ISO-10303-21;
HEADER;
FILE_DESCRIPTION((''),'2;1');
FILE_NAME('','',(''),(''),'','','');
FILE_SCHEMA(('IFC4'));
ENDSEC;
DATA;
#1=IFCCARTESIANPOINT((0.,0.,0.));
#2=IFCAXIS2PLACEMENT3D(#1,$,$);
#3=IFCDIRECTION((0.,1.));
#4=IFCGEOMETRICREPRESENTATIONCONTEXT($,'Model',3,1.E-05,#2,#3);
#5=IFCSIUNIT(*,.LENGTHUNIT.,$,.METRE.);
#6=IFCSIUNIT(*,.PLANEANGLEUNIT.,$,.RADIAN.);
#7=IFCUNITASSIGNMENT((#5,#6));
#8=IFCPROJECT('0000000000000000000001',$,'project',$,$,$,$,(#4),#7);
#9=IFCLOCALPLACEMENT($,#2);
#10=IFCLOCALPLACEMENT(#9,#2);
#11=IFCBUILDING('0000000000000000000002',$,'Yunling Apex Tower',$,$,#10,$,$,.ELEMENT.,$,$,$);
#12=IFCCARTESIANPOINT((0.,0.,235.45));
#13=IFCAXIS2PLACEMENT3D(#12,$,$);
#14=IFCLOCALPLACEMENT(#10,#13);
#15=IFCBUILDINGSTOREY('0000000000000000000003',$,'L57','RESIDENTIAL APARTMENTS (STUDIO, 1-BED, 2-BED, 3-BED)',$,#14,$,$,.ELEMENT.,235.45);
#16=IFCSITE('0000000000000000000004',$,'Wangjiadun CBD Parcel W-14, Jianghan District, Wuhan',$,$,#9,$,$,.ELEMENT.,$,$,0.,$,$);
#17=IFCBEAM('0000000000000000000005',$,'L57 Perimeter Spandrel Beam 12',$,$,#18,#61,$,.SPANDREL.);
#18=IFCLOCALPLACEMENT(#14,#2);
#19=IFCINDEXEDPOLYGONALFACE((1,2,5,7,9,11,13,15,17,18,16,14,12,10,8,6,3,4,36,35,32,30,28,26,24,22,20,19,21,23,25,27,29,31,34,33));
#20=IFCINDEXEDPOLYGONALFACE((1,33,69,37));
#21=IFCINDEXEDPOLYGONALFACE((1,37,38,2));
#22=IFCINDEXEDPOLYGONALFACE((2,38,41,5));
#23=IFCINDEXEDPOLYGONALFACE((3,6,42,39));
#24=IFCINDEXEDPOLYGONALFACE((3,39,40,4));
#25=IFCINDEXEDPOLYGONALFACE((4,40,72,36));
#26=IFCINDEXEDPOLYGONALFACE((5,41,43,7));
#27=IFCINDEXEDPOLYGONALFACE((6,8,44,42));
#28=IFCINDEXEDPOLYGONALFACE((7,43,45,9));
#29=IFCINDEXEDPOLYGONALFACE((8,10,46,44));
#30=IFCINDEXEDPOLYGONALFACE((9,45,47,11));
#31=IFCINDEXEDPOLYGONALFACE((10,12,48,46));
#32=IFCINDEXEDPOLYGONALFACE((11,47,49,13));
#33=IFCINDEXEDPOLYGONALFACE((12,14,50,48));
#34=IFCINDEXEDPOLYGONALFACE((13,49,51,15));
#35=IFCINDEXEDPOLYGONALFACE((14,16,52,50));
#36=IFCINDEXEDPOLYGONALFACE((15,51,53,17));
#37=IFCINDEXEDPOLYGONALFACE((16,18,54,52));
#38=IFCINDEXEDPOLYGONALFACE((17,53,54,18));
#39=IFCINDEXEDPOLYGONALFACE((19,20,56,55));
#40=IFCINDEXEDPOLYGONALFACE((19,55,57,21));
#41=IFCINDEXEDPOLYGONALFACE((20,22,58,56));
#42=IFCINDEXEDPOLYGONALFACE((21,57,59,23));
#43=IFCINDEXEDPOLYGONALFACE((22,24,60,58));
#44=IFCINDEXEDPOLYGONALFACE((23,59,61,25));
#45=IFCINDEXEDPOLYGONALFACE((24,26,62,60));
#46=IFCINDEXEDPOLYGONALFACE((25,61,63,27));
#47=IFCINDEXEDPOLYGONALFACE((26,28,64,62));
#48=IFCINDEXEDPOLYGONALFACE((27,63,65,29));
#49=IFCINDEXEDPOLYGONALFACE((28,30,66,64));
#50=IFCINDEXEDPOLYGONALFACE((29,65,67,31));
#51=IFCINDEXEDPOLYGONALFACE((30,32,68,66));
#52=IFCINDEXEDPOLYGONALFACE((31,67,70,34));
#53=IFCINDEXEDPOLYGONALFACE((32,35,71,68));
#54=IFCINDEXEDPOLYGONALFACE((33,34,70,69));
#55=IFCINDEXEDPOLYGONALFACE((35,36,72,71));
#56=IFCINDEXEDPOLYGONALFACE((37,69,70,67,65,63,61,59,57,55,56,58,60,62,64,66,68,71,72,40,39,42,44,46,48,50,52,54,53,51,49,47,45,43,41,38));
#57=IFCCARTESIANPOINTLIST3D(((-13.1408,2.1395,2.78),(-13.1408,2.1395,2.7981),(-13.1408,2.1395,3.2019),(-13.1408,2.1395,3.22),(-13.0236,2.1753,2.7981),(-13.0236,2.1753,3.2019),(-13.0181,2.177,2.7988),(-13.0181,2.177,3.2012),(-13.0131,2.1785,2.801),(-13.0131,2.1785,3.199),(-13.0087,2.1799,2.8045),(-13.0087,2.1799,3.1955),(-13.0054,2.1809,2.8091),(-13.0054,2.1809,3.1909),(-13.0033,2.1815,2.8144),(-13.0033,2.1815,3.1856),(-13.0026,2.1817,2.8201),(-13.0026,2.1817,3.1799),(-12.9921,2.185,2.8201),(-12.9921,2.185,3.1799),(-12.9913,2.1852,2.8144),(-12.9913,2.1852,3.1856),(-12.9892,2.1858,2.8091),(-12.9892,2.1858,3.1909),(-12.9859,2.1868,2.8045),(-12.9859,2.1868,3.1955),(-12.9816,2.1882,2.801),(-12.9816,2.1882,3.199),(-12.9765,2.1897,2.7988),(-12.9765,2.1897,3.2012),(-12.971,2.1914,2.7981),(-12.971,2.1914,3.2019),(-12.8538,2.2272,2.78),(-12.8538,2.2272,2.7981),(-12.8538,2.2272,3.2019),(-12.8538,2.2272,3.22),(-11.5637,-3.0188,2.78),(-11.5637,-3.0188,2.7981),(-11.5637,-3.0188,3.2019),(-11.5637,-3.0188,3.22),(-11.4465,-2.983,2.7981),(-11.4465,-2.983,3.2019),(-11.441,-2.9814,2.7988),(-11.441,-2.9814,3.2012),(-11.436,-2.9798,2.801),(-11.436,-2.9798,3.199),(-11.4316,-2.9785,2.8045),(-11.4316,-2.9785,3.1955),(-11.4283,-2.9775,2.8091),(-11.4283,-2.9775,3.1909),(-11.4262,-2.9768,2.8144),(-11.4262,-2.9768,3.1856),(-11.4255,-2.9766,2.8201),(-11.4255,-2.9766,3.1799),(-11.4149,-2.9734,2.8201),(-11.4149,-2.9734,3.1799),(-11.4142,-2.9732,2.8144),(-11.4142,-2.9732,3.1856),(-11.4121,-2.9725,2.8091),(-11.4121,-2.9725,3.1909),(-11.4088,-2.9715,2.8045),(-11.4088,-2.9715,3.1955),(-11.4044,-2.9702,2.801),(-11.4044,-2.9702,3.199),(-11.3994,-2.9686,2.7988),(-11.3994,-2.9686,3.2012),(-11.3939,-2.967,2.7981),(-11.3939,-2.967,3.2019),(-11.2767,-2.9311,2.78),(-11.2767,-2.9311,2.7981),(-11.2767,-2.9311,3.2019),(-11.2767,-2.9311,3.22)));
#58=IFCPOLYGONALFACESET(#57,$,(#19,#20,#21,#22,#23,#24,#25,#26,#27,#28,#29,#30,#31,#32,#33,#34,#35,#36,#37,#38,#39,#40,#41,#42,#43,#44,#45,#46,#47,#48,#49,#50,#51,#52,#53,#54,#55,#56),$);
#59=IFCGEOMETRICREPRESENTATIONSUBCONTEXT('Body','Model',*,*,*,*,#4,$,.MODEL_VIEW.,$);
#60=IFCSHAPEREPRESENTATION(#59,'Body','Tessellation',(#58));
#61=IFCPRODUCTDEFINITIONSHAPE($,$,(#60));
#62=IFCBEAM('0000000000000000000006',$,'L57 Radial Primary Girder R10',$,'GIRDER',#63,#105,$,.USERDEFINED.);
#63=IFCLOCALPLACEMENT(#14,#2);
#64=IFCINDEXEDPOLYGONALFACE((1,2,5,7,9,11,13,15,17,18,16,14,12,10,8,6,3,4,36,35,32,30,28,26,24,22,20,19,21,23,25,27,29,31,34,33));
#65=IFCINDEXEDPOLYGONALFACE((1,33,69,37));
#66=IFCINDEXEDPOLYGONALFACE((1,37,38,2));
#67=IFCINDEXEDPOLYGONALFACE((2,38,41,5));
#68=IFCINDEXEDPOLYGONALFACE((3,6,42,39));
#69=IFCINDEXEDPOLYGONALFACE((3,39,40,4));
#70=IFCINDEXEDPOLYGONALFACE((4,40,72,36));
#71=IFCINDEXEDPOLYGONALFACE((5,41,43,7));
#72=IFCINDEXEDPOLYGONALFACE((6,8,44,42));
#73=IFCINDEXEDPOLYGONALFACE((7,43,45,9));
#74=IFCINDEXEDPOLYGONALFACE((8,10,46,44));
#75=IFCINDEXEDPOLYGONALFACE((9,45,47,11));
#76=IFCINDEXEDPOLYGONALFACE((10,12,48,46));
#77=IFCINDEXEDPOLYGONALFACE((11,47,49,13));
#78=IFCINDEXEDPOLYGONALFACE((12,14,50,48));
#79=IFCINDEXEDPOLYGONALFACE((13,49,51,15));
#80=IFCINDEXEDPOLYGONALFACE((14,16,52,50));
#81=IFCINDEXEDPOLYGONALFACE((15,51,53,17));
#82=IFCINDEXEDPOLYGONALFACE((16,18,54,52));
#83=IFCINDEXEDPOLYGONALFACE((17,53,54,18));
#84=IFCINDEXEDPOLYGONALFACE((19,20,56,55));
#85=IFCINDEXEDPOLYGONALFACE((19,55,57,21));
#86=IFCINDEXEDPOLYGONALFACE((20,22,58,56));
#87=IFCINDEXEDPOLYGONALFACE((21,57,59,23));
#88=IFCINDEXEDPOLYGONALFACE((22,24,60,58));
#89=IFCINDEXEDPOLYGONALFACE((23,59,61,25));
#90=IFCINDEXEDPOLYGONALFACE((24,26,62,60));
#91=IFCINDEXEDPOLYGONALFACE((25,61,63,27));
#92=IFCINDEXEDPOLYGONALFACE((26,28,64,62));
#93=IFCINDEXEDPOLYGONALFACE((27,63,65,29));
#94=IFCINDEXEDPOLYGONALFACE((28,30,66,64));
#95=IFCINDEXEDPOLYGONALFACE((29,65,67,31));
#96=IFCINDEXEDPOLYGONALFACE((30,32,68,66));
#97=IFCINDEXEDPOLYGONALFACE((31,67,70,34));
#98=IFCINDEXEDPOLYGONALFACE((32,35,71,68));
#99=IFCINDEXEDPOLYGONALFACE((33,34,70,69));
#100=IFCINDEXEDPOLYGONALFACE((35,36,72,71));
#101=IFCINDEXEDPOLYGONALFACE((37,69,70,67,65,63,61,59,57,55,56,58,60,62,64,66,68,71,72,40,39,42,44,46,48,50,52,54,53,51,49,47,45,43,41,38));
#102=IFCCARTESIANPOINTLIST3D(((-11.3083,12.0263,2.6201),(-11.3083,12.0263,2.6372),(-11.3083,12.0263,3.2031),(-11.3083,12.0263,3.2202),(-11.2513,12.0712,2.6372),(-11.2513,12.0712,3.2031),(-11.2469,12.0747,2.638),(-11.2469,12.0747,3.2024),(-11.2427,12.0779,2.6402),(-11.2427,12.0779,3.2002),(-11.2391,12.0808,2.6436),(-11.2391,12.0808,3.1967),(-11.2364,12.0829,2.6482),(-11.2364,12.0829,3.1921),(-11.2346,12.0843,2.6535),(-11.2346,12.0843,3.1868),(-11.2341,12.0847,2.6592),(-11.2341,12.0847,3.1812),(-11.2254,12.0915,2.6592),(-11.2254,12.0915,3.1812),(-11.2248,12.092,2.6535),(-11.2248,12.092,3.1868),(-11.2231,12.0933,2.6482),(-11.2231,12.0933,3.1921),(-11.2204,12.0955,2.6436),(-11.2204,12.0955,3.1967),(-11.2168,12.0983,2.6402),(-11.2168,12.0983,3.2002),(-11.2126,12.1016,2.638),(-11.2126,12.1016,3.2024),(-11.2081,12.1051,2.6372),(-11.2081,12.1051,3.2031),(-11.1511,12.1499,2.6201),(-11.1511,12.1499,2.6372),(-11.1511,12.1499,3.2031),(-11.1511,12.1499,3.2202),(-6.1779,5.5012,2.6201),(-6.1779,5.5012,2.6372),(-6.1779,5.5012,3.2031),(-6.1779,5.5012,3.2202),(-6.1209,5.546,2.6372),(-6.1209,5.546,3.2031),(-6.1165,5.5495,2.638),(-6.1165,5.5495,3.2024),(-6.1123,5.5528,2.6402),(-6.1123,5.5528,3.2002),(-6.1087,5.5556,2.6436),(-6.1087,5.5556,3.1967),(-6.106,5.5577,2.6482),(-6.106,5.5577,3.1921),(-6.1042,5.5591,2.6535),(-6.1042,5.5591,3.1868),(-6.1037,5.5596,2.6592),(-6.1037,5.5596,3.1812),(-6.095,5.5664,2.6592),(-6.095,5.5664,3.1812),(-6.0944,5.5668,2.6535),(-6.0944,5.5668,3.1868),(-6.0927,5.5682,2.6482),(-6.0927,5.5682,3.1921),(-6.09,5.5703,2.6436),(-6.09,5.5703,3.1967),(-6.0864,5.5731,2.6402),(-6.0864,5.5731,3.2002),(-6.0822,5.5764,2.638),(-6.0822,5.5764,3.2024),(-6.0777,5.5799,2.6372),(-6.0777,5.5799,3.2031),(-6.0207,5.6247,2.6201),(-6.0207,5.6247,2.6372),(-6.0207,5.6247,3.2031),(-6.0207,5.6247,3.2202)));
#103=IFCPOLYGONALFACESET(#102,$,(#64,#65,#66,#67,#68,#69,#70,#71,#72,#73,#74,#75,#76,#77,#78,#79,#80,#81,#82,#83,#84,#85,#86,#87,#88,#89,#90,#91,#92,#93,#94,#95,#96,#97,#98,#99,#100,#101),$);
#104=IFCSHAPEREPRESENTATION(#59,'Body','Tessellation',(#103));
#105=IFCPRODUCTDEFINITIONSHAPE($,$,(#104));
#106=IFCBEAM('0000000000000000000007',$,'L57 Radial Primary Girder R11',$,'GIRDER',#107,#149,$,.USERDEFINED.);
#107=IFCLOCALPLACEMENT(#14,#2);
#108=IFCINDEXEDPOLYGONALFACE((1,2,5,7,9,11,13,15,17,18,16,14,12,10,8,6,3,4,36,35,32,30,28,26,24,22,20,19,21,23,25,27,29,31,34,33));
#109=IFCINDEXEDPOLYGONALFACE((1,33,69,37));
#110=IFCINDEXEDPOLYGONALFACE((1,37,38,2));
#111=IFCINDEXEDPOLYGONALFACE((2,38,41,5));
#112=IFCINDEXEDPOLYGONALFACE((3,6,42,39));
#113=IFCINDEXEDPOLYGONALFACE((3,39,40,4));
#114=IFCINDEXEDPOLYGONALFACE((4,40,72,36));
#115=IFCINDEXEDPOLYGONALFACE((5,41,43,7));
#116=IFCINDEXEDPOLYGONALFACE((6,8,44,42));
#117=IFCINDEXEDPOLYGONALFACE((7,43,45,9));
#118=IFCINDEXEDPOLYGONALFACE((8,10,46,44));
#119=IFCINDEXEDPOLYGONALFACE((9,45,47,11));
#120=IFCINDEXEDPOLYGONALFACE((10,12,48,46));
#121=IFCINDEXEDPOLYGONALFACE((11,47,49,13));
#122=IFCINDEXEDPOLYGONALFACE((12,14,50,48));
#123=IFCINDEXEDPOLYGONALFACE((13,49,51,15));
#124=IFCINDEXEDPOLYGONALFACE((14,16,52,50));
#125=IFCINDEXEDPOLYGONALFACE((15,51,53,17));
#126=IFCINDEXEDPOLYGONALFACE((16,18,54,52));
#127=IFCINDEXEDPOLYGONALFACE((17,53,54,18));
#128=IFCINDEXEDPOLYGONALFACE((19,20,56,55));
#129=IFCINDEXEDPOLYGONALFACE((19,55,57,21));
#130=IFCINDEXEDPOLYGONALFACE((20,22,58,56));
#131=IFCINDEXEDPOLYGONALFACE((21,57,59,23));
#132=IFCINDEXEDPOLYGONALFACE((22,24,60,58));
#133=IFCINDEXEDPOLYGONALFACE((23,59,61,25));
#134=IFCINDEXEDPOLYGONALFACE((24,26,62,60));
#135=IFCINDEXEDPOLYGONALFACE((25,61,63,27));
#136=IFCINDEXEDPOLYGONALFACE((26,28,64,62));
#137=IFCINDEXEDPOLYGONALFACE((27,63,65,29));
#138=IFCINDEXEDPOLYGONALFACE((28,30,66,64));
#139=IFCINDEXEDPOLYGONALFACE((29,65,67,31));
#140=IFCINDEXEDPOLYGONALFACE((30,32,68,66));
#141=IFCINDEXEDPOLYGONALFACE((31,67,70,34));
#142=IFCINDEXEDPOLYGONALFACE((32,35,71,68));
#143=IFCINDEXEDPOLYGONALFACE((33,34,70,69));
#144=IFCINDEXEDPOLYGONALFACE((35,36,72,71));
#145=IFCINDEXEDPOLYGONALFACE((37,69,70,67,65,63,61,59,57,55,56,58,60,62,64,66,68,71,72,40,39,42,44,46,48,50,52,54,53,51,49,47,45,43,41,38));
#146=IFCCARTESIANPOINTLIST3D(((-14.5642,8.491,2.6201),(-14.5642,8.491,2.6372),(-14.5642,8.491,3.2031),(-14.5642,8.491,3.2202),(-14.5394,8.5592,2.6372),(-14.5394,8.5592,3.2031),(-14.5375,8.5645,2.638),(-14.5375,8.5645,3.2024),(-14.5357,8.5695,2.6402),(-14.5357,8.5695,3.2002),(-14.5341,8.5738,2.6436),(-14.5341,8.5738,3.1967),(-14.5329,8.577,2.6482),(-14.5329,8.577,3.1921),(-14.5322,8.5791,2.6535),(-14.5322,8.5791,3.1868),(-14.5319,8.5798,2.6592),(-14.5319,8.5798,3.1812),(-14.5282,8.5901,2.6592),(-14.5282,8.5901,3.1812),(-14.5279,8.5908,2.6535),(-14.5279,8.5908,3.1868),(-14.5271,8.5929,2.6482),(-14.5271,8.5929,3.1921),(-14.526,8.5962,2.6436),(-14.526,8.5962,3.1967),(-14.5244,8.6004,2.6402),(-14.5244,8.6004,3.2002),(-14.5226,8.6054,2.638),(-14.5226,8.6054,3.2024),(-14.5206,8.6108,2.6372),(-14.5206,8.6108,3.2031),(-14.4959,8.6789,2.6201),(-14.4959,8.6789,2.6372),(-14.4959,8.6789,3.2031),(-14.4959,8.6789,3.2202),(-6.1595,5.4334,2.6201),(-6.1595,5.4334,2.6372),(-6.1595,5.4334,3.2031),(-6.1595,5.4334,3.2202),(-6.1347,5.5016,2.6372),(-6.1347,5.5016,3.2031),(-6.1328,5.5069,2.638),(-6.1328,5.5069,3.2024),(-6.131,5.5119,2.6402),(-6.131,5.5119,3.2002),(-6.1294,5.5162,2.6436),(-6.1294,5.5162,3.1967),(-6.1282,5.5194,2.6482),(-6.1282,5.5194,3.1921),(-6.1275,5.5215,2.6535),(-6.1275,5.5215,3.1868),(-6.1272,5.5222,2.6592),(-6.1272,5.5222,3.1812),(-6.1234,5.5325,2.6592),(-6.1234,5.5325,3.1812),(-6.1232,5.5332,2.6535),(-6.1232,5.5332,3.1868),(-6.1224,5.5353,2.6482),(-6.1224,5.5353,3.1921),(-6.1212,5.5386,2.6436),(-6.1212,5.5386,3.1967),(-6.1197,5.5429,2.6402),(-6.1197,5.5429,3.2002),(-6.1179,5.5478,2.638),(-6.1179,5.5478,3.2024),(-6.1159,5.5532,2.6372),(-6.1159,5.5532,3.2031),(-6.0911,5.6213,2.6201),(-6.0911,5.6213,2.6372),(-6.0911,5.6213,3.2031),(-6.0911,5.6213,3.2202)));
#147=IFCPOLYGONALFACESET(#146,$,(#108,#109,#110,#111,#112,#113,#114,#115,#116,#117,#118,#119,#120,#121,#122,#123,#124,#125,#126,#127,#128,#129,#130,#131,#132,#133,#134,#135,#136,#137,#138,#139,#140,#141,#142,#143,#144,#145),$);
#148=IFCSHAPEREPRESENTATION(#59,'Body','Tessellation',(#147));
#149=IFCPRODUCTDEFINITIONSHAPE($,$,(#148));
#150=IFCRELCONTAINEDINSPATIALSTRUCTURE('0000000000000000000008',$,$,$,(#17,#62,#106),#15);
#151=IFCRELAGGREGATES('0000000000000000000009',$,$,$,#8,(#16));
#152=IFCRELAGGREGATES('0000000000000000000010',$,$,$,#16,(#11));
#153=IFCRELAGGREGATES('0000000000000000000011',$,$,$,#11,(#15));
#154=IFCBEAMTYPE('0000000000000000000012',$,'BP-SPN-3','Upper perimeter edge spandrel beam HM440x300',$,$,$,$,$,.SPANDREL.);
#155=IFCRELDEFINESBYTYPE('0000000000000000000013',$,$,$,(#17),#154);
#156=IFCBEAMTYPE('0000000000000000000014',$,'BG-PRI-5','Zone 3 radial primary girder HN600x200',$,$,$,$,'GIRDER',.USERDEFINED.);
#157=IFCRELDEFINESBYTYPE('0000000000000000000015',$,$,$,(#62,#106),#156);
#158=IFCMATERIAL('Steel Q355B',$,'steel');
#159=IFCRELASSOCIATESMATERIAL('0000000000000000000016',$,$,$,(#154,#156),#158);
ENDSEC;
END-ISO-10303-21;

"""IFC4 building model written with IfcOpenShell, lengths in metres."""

from ifc_helpers import new_model, si_unit, direction, frame, origin, origin_2d, place, context, subcontext, project, spatial, i_section, extrude, source, transform, mapped, material, material_profile, profile_set, type_object, element, save


model = new_model("IFC4")

# Units and contexts
model_context = context("Model", 3, precision=1e-05, world=origin(), true_north=direction((0.0, 1.0)))
body_context = subcontext(model_context, "Body", "Model", "MODEL_VIEW")
ifc_project = project(units=[si_unit("LENGTHUNIT", "METRE"), si_unit("PLANEANGLEUNIT", "RADIAN")], contexts=[model_context])

# Site, building, storey
site_placement = place(None, origin())
site = spatial("IfcSite", under=ifc_project, at=site_placement, Name="Wangjiadun CBD Parcel W-14, Jianghan District, Wuhan", CompositionType="ELEMENT", RefElevation=0.0)
building_placement = place(site_placement, origin())
building = spatial("IfcBuilding", under=site, at=building_placement, Name="Yunling Apex Tower", CompositionType="ELEMENT")
storey_placement = place(building_placement, frame((0.0, 0.0, 235.45)))
storey = spatial("IfcBuildingStorey", under=building, at=storey_placement, Name="L57", Description="RESIDENTIAL APARTMENTS (STUDIO, 1-BED, 2-BED, 3-BED)", CompositionType="ELEMENT", Elevation=235.45)

# Beams
ifc_material_1 = material(Name="Steel Q355B", Category="steel")
ifc_material_profile_1 = material_profile(ifc_material_1, i_section(OverallWidth=0.3, OverallDepth=0.4399, WebThickness=0.011, FlangeThickness=0.0181, FilletRadius=0.022, at=origin_2d()))
ifc_profile_set_1 = profile_set([ifc_material_profile_1], Name="Steel Q355B")
beam_type_1 = type_object("IfcBeamType", Name="BP-SPN-3", Description="Upper perimeter edge spandrel beam HM440x300", PredefinedType="SPANDREL", material=ifc_profile_set_1)
shared_shape_1 = source(origin(), body_context, "Body", "SweptSolid", [
    extrude(i_section(OverallWidth=0.3, OverallDepth=0.4399, WebThickness=0.011, FlangeThickness=0.0181, FilletRadius=0.022, at=origin_2d()), origin(), (0.0, 0.0, 1.0), 5.394),
])
for number, where, z_axis, x_axis, name in (
    (1, (-12.9973, 2.1833, 3.0), (0.292381, -0.956302, 0.0), (0.956302, 0.292381, 0.0), "L57 Perimeter Spandrel Beam 12"),
):
    element("IfcBeam", number, at=place(storey_placement, frame(where, z_axis=z_axis, x_axis=x_axis)), inside=storey, type_object=beam_type_1, Name=name, PredefinedType="SPANDREL", context=body_context, shape_type="MappedRepresentation", body=[
        mapped(shared_shape_1, transform((0.0, 0.0, 0.0), scale=1.0)),
    ])
ifc_material_profile_2 = material_profile(ifc_material_1, i_section(OverallWidth=0.2, OverallDepth=0.6001, WebThickness=0.011, FlangeThickness=0.0171, FilletRadius=0.022, at=origin_2d()))
ifc_profile_set_2 = profile_set([ifc_material_profile_2], Name="Steel Q355B")
beam_type_2 = type_object("IfcBeamType", Name="BG-PRI-5", Description="Zone 3 radial primary girder HN600x200", ElementType="GIRDER", PredefinedType="USERDEFINED", material=ifc_profile_set_2)
shared_shape_2 = source(origin(), body_context, "Body", "SweptSolid", [
    extrude(i_section(OverallWidth=0.2, OverallDepth=0.6001, WebThickness=0.011, FlangeThickness=0.0171, FilletRadius=0.022, at=origin_2d()), origin(), (0.0, 0.0, 1.0), 8.3005),
])
beam_1_placement = place(storey_placement, frame((-11.2297, 12.0881, 2.9202), z_axis=(0.61808, -0.786115, 0.0), x_axis=(0.786115, 0.61808, 0.0)))
element("IfcBeam", 2, at=beam_1_placement, inside=storey, type_object=beam_type_2, Name="L57 Radial Primary Girder R10", ObjectType="GIRDER", PredefinedType="USERDEFINED", context=body_context, shape_type="MappedRepresentation", body=[
    mapped(shared_shape_2, transform((0.0, 0.0, 0.0), scale=1.0)),
])
shared_shape_3 = source(origin(), body_context, "Body", "SweptSolid", [
    extrude(i_section(OverallWidth=0.2, OverallDepth=0.6001, WebThickness=0.011, FlangeThickness=0.0171, FilletRadius=0.022, at=origin_2d()), origin(), (0.0, 0.0, 1.0), 8.9436),
])
beam_2_placement = place(storey_placement, frame((-14.53, 8.585, 2.9202), z_axis=(0.939746, -0.341875, 0.0), x_axis=(0.341875, 0.939746, 0.0)))
element("IfcBeam", 3, at=beam_2_placement, inside=storey, type_object=beam_type_2, Name="L57 Radial Primary Girder R11", ObjectType="GIRDER", PredefinedType="USERDEFINED", context=body_context, shape_type="MappedRepresentation", body=[
    mapped(shared_shape_3, transform((0.0, 0.0, 0.0), scale=1.0)),
])

save(model, "model.ifc")
